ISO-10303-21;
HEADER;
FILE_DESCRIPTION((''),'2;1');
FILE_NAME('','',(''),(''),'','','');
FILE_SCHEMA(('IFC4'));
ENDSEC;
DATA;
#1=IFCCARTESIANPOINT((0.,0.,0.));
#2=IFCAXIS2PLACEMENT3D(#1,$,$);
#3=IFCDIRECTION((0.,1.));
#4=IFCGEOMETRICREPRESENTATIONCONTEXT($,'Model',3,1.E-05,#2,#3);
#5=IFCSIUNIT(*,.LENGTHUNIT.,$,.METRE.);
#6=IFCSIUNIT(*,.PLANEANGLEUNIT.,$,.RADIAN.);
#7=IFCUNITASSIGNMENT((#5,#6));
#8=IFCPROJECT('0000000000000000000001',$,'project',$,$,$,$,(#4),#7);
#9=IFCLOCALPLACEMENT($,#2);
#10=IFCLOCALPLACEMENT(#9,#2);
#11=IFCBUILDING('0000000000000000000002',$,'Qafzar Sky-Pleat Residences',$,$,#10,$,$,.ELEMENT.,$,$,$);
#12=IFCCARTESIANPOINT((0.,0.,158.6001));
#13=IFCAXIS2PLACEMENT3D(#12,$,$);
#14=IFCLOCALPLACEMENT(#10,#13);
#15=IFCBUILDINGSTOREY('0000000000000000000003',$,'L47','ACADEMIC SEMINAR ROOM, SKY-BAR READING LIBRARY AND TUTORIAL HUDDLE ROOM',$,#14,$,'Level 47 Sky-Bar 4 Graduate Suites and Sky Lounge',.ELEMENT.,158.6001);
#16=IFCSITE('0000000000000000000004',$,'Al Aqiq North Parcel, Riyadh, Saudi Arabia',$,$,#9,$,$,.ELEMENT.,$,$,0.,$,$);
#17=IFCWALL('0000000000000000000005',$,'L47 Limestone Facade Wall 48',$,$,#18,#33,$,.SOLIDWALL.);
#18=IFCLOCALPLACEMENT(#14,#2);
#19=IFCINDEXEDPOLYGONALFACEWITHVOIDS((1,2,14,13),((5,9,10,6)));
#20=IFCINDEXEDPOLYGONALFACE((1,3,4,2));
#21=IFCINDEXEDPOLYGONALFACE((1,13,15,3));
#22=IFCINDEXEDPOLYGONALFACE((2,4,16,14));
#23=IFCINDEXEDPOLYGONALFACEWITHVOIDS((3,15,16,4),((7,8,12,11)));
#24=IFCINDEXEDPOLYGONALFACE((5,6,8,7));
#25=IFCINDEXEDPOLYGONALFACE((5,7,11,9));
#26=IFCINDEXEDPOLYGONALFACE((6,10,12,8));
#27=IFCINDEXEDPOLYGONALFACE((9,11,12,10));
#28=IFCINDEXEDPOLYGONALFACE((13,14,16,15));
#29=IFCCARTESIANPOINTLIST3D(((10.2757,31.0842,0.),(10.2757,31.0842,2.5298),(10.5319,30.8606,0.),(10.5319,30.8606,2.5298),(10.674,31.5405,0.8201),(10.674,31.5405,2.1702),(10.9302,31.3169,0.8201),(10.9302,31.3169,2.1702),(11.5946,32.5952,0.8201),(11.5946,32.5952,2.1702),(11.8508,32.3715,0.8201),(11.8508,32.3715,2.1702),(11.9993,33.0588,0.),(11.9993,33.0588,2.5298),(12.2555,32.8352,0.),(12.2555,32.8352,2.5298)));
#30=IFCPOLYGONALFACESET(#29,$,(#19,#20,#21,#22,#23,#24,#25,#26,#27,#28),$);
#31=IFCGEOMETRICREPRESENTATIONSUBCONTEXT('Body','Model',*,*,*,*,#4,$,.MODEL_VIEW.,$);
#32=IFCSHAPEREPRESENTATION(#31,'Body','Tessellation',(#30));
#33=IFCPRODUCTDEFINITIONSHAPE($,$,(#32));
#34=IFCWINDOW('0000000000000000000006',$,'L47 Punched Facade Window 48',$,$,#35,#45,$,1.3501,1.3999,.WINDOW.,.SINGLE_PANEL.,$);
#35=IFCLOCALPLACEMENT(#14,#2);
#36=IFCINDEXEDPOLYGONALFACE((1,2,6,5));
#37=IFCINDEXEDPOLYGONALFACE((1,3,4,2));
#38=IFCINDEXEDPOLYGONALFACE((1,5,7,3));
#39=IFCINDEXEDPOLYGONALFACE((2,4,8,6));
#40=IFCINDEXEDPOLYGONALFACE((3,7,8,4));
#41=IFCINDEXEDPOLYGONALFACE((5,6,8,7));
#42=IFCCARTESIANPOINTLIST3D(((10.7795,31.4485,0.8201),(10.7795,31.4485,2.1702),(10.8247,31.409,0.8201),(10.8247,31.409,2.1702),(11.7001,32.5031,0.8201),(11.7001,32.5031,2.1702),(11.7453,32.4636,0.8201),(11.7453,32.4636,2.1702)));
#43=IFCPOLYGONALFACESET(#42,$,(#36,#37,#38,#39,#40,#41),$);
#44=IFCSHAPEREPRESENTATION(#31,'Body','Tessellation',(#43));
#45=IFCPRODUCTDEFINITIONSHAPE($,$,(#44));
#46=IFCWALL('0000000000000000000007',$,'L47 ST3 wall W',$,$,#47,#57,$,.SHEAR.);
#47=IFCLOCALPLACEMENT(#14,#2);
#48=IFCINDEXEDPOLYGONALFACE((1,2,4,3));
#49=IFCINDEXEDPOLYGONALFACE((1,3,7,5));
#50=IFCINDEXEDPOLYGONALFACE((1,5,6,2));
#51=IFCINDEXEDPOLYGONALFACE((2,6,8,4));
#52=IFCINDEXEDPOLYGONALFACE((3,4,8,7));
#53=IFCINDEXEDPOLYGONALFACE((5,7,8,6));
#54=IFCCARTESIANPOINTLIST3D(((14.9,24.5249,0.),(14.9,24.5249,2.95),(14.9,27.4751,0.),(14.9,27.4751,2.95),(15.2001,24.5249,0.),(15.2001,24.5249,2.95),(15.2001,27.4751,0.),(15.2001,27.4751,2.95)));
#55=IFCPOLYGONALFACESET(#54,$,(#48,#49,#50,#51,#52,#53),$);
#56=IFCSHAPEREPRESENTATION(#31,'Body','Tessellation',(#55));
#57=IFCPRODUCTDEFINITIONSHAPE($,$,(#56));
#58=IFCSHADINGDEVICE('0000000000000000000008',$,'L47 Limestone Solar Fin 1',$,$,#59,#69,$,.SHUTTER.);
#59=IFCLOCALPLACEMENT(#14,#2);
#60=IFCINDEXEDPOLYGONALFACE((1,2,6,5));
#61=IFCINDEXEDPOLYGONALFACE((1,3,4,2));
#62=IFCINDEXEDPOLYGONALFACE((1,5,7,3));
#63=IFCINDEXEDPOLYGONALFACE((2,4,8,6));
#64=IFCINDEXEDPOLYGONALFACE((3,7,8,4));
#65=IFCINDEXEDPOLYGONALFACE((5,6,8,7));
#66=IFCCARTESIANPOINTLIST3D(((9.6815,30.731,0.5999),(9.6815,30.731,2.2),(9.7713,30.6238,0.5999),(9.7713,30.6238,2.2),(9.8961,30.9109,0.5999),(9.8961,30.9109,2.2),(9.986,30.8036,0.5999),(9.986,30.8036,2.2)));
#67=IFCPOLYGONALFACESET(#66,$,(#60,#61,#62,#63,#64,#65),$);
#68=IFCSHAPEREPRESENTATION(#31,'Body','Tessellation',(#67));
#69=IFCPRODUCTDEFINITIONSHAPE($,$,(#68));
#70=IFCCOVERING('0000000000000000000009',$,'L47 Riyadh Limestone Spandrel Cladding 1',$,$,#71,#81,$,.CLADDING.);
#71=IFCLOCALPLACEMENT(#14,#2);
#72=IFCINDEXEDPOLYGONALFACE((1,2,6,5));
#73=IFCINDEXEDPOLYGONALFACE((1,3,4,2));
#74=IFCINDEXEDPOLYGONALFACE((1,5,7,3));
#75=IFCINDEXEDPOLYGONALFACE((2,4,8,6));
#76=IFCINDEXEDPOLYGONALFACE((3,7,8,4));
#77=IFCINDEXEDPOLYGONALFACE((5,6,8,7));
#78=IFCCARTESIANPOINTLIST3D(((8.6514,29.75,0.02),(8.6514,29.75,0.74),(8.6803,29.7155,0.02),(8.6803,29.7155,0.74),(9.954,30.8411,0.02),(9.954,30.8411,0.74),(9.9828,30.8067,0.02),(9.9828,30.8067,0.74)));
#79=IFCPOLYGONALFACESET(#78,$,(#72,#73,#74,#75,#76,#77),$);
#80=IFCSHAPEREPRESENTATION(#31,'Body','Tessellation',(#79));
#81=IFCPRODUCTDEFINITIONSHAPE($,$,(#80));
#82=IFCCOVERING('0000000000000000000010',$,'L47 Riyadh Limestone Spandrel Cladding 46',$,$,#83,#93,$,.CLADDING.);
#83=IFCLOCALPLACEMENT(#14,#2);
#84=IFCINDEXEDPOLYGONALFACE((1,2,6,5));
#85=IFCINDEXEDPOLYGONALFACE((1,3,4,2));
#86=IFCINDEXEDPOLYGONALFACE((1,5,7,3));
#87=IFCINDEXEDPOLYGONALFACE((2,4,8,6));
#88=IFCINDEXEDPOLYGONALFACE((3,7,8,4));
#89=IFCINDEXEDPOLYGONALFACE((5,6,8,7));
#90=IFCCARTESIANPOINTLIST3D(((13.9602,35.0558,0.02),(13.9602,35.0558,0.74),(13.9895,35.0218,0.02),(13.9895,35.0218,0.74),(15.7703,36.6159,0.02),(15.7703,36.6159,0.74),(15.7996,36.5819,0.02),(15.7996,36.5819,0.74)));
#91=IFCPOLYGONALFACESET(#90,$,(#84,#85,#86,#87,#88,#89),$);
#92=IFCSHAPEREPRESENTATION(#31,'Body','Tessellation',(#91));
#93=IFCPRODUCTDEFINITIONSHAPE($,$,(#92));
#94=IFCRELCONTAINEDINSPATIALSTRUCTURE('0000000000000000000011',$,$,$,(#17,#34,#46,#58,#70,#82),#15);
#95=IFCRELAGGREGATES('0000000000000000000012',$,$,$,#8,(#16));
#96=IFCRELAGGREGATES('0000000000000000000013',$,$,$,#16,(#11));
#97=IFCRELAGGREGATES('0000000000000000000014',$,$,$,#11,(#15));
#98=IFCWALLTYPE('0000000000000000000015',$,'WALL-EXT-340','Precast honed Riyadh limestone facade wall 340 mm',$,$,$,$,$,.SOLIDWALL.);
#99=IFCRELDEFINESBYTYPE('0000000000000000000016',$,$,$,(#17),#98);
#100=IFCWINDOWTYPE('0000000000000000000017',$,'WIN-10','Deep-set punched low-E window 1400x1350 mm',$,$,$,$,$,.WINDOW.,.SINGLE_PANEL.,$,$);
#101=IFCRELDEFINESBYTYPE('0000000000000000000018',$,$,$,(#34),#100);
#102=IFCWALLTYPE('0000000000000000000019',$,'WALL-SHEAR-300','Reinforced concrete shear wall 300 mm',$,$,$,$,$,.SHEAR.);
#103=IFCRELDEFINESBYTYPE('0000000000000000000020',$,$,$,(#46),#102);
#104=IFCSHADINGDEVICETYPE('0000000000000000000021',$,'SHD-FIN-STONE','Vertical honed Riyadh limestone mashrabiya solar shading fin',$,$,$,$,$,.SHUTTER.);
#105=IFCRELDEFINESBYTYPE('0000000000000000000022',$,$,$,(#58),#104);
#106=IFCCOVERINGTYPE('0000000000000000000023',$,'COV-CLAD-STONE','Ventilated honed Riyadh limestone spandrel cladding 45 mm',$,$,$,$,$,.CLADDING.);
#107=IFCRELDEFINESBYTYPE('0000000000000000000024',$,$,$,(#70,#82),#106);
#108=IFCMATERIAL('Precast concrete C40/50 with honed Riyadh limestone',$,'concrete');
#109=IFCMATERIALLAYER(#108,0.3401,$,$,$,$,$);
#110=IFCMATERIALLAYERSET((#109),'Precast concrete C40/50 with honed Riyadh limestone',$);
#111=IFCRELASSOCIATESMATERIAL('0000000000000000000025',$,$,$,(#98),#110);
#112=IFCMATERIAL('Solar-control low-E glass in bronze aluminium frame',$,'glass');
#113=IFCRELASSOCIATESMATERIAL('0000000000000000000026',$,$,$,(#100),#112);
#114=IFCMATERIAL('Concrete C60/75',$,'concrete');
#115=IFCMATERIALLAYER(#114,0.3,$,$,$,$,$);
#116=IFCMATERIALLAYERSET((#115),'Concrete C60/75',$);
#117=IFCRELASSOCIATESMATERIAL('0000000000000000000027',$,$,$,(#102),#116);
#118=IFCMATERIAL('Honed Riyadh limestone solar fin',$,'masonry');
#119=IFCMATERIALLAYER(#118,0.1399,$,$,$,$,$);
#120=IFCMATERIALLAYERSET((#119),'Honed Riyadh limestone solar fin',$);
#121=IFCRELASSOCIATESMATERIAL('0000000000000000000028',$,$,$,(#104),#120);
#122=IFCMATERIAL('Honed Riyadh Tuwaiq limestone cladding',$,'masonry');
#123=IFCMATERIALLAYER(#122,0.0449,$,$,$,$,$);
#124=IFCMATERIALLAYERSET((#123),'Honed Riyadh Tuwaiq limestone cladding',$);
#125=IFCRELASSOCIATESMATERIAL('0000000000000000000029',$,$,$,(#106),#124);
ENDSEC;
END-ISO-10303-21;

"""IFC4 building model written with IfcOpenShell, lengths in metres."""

from ifc_helpers import new_model, si_unit, direction, frame, frame_2d, origin, origin_2d, place, context, subcontext, project, spatial, rectangle, extrude, source, transform, mapped, material, layer, layer_set, type_object, element, fill, save


model = new_model("IFC4")

# Units and contexts
model_context = context("Model", 3, precision=1e-05, world=origin(), true_north=direction((0.0, 1.0)))
body_context = subcontext(model_context, "Body", "Model", "MODEL_VIEW")
ifc_project = project(units=[si_unit("LENGTHUNIT", "METRE"), si_unit("PLANEANGLEUNIT", "RADIAN")], contexts=[model_context])

# Site, building, storey
site_placement = place(None, origin())
site = spatial("IfcSite", under=ifc_project, at=site_placement, Name="Al Aqiq North Parcel, Riyadh, Saudi Arabia", CompositionType="ELEMENT", RefElevation=0.0)
building_placement = place(site_placement, origin())
building = spatial("IfcBuilding", under=site, at=building_placement, Name="Qafzar Sky-Pleat Residences", CompositionType="ELEMENT")
storey_placement = place(building_placement, frame((0.0, 0.0, 158.6001)))
storey = spatial("IfcBuildingStorey", under=building, at=storey_placement, Name="L47", Description="ACADEMIC SEMINAR ROOM, SKY-BAR READING LIBRARY AND TUTORIAL HUDDLE ROOM", LongName="Level 47 Sky-Bar 4 Graduate Suites and Sky Lounge", CompositionType="ELEMENT", Elevation=158.6001)

# Shared definitions
ifc_material_1 = material(Name="Concrete C60/75", Category="concrete")

# Wall, opening, window
ifc_material_2 = material(Name="Precast concrete C40/50 with honed Riyadh limestone", Category="concrete")
ifc_layer_1 = layer(ifc_material_2, 0.3401)
ifc_layer_set_1 = layer_set([ifc_layer_1], Name="Precast concrete C40/50 with honed Riyadh limestone")
wall_type_1 = type_object("IfcWallType", Name="WALL-EXT-340", Description="Precast honed Riyadh limestone facade wall 340 mm", PredefinedType="SOLIDWALL", material=ifc_layer_set_1)
ifc_material_3 = material(Name="Solar-control low-E glass in bronze aluminium frame", Category="glass")
wall_1_placement = place(storey_placement, frame((12.1274, 32.947, 0.0), z_axis=(0.0, 0.0, 1.0), x_axis=(-0.657607, -0.753361, 0.0)))
wall_1 = element("IfcWall", 1, at=wall_1_placement, inside=storey, type_object=wall_type_1, Name="L47 Limestone Facade Wall 48", PredefinedType="SOLIDWALL", context=body_context, shape_type="SweptSolid", body=[
    extrude(rectangle(XDim=2.6211, YDim=0.3401, at=frame_2d((1.3105, 0.0))), origin(), (0.0, 0.0, 1.0), 2.5298),
])
opening_1_placement = place(wall_1_placement, frame((0.6155, 0.0, 0.8201)))
opening_1 = element("IfcOpeningElement", 2, at=opening_1_placement, cuts=wall_1, PredefinedType="OPENING", context=body_context, shape_type="SweptSolid", body=[
    extrude(rectangle(XDim=1.3999, YDim=1.3501, at=frame_2d((0.7, 0.675))), frame((0.0, 0.1802, 0.0), z_axis=(0.0, -1.0, 0.0), x_axis=(1.0, 0.0, 0.0)), (0.0, 0.0, 1.0), 0.3601),
])
window_type_1 = type_object("IfcWindowType", Name="WIN-10", Description="Deep-set punched low-E window 1400x1350 mm", PartitioningType="SINGLE_PANEL", PredefinedType="WINDOW", material=ifc_material_3)
shared_shape_1 = source(origin(), body_context, "Body", "SweptSolid", [
    extrude(rectangle(XDim=1.3999, YDim=1.3501, at=frame_2d((0.7, 0.675))), frame((0.0, 0.03, 0.0), z_axis=(0.0, -1.0, 0.0), x_axis=(1.0, 0.0, 0.0)), (0.0, 0.0, 1.0), 0.0601),
])
window_1_placement = place(opening_1_placement, origin())
window_1 = element("IfcWindow", 3, at=window_1_placement, inside=storey, type_object=window_type_1, Name="L47 Punched Facade Window 48", OverallHeight=1.3501, OverallWidth=1.3999, PartitioningType="SINGLE_PANEL", PredefinedType="WINDOW", context=body_context, shape_type="MappedRepresentation", body=[
    mapped(shared_shape_1, transform((0.0, 0.0, 0.0), x_axis=(1.0, 0.0, 0.0), y_axis=(0.0, 1.0, 0.0), z_axis=(0.0, 0.0, 1.0), scale=1.0)),
])
fill(opening_1, window_1)

# Wall
ifc_layer_2 = layer(ifc_material_1, 0.3)
ifc_layer_set_2 = layer_set([ifc_layer_2], Name="Concrete C60/75")
wall_type_2 = type_object("IfcWallType", Name="WALL-SHEAR-300", Description="Reinforced concrete shear wall 300 mm", PredefinedType="SHEAR", material=ifc_layer_set_2)
wall_2_placement = place(storey_placement, frame((15.05, 27.4751, 0.0), z_axis=(0.0, 0.0, 1.0), x_axis=(0.0, -1.0, 0.0)))
element("IfcWall", 4, at=wall_2_placement, inside=storey, type_object=wall_type_2, Name="L47 ST3 wall W", PredefinedType="SHEAR", context=body_context, shape_type="SweptSolid", body=[
    extrude(rectangle(XDim=2.9502, YDim=0.3, at=frame_2d((1.4751, 0.0))), origin(), (0.0, 0.0, 1.0), 2.95),
])

# Shading device
ifc_material_4 = material(Name="Honed Riyadh limestone solar fin", Category="masonry")
ifc_layer_3 = layer(ifc_material_4, 0.1399)
ifc_layer_set_3 = layer_set([ifc_layer_3], Name="Honed Riyadh limestone solar fin")
shading_device_type = type_object("IfcShadingDeviceType", Name="SHD-FIN-STONE", Description="Vertical honed Riyadh limestone mashrabiya solar shading fin", PredefinedType="SHUTTER", material=ifc_layer_set_3)
shared_shape_2 = source(origin(), body_context, "Body", "SweptSolid", [
    extrude(rectangle(XDim=0.1399, YDim=0.28, at=origin_2d()), origin(), (0.0, 0.0, 1.0), 1.6001),
])
shading_device_placement = place(storey_placement, frame((9.8337, 30.7673, 0.5999), z_axis=(0.0, 0.0, 1.0), x_axis=(-0.642203, 0.766534, 0.0)))
element("IfcShadingDevice", 5, at=shading_device_placement, inside=storey, type_object=shading_device_type, Name="L47 Limestone Solar Fin 1", PredefinedType="SHUTTER", context=body_context, shape_type="MappedRepresentation", body=[
    mapped(shared_shape_2, transform((0.0, 0.0, 0.0), x_axis=(1.0, 0.0, 0.0), y_axis=(0.0, 1.0, 0.0), z_axis=(0.0, 0.0, 1.0), scale=1.0)),
])

# Coverings
ifc_material_5 = material(Name="Honed Riyadh Tuwaiq limestone cladding", Category="masonry")
ifc_layer_4 = layer(ifc_material_5, 0.0449)
ifc_layer_set_4 = layer_set([ifc_layer_4], Name="Honed Riyadh Tuwaiq limestone cladding")
covering_type = type_object("IfcCoveringType", Name="COV-CLAD-STONE", Description="Ventilated honed Riyadh limestone spandrel cladding 45 mm", PredefinedType="CLADDING", material=ifc_layer_set_4)
shared_shape_3 = source(origin(), body_context, "Body", "SweptSolid", [
    extrude(rectangle(XDim=1.6992, YDim=0.0449, at=origin_2d()), origin(), (0.0, 0.0, 1.0), 0.72),
])
covering_1_placement = place(storey_placement, frame((9.3171, 30.2783, 0.02), z_axis=(0.0, 0.0, 1.0), x_axis=(-0.766569, -0.642162, 0.0)))
element("IfcCovering", 6, at=covering_1_placement, inside=storey, type_object=covering_type, Name="L47 Riyadh Limestone Spandrel Cladding 1", PredefinedType="CLADDING", context=body_context, shape_type="MappedRepresentation", body=[
    mapped(shared_shape_3, transform((0.0, 0.0, 0.0), x_axis=(1.0, 0.0, 0.0), y_axis=(0.0, 1.0, 0.0), z_axis=(0.0, 0.0, 1.0), scale=1.0)),
])
shared_shape_4 = source(origin(), body_context, "Body", "SweptSolid", [
    extrude(rectangle(XDim=2.3896, YDim=0.0449, at=origin_2d()), origin(), (0.0, 0.0, 1.0), 0.72),
])
covering_2_placement = place(storey_placement, frame((14.8799, 35.8188, 0.02), z_axis=(0.0, 0.0, 1.0), x_axis=(-0.757481, -0.652858, 0.0)))
element("IfcCovering", 7, at=covering_2_placement, inside=storey, type_object=covering_type, Name="L47 Riyadh Limestone Spandrel Cladding 46", PredefinedType="CLADDING", context=body_context, shape_type="MappedRepresentation", body=[
    mapped(shared_shape_4, transform((0.0, 0.0, 0.0), x_axis=(1.0, 0.0, 0.0), y_axis=(0.0, 1.0, 0.0), z_axis=(0.0, 0.0, 1.0), scale=1.0)),
])

save(model, "model.ifc")
